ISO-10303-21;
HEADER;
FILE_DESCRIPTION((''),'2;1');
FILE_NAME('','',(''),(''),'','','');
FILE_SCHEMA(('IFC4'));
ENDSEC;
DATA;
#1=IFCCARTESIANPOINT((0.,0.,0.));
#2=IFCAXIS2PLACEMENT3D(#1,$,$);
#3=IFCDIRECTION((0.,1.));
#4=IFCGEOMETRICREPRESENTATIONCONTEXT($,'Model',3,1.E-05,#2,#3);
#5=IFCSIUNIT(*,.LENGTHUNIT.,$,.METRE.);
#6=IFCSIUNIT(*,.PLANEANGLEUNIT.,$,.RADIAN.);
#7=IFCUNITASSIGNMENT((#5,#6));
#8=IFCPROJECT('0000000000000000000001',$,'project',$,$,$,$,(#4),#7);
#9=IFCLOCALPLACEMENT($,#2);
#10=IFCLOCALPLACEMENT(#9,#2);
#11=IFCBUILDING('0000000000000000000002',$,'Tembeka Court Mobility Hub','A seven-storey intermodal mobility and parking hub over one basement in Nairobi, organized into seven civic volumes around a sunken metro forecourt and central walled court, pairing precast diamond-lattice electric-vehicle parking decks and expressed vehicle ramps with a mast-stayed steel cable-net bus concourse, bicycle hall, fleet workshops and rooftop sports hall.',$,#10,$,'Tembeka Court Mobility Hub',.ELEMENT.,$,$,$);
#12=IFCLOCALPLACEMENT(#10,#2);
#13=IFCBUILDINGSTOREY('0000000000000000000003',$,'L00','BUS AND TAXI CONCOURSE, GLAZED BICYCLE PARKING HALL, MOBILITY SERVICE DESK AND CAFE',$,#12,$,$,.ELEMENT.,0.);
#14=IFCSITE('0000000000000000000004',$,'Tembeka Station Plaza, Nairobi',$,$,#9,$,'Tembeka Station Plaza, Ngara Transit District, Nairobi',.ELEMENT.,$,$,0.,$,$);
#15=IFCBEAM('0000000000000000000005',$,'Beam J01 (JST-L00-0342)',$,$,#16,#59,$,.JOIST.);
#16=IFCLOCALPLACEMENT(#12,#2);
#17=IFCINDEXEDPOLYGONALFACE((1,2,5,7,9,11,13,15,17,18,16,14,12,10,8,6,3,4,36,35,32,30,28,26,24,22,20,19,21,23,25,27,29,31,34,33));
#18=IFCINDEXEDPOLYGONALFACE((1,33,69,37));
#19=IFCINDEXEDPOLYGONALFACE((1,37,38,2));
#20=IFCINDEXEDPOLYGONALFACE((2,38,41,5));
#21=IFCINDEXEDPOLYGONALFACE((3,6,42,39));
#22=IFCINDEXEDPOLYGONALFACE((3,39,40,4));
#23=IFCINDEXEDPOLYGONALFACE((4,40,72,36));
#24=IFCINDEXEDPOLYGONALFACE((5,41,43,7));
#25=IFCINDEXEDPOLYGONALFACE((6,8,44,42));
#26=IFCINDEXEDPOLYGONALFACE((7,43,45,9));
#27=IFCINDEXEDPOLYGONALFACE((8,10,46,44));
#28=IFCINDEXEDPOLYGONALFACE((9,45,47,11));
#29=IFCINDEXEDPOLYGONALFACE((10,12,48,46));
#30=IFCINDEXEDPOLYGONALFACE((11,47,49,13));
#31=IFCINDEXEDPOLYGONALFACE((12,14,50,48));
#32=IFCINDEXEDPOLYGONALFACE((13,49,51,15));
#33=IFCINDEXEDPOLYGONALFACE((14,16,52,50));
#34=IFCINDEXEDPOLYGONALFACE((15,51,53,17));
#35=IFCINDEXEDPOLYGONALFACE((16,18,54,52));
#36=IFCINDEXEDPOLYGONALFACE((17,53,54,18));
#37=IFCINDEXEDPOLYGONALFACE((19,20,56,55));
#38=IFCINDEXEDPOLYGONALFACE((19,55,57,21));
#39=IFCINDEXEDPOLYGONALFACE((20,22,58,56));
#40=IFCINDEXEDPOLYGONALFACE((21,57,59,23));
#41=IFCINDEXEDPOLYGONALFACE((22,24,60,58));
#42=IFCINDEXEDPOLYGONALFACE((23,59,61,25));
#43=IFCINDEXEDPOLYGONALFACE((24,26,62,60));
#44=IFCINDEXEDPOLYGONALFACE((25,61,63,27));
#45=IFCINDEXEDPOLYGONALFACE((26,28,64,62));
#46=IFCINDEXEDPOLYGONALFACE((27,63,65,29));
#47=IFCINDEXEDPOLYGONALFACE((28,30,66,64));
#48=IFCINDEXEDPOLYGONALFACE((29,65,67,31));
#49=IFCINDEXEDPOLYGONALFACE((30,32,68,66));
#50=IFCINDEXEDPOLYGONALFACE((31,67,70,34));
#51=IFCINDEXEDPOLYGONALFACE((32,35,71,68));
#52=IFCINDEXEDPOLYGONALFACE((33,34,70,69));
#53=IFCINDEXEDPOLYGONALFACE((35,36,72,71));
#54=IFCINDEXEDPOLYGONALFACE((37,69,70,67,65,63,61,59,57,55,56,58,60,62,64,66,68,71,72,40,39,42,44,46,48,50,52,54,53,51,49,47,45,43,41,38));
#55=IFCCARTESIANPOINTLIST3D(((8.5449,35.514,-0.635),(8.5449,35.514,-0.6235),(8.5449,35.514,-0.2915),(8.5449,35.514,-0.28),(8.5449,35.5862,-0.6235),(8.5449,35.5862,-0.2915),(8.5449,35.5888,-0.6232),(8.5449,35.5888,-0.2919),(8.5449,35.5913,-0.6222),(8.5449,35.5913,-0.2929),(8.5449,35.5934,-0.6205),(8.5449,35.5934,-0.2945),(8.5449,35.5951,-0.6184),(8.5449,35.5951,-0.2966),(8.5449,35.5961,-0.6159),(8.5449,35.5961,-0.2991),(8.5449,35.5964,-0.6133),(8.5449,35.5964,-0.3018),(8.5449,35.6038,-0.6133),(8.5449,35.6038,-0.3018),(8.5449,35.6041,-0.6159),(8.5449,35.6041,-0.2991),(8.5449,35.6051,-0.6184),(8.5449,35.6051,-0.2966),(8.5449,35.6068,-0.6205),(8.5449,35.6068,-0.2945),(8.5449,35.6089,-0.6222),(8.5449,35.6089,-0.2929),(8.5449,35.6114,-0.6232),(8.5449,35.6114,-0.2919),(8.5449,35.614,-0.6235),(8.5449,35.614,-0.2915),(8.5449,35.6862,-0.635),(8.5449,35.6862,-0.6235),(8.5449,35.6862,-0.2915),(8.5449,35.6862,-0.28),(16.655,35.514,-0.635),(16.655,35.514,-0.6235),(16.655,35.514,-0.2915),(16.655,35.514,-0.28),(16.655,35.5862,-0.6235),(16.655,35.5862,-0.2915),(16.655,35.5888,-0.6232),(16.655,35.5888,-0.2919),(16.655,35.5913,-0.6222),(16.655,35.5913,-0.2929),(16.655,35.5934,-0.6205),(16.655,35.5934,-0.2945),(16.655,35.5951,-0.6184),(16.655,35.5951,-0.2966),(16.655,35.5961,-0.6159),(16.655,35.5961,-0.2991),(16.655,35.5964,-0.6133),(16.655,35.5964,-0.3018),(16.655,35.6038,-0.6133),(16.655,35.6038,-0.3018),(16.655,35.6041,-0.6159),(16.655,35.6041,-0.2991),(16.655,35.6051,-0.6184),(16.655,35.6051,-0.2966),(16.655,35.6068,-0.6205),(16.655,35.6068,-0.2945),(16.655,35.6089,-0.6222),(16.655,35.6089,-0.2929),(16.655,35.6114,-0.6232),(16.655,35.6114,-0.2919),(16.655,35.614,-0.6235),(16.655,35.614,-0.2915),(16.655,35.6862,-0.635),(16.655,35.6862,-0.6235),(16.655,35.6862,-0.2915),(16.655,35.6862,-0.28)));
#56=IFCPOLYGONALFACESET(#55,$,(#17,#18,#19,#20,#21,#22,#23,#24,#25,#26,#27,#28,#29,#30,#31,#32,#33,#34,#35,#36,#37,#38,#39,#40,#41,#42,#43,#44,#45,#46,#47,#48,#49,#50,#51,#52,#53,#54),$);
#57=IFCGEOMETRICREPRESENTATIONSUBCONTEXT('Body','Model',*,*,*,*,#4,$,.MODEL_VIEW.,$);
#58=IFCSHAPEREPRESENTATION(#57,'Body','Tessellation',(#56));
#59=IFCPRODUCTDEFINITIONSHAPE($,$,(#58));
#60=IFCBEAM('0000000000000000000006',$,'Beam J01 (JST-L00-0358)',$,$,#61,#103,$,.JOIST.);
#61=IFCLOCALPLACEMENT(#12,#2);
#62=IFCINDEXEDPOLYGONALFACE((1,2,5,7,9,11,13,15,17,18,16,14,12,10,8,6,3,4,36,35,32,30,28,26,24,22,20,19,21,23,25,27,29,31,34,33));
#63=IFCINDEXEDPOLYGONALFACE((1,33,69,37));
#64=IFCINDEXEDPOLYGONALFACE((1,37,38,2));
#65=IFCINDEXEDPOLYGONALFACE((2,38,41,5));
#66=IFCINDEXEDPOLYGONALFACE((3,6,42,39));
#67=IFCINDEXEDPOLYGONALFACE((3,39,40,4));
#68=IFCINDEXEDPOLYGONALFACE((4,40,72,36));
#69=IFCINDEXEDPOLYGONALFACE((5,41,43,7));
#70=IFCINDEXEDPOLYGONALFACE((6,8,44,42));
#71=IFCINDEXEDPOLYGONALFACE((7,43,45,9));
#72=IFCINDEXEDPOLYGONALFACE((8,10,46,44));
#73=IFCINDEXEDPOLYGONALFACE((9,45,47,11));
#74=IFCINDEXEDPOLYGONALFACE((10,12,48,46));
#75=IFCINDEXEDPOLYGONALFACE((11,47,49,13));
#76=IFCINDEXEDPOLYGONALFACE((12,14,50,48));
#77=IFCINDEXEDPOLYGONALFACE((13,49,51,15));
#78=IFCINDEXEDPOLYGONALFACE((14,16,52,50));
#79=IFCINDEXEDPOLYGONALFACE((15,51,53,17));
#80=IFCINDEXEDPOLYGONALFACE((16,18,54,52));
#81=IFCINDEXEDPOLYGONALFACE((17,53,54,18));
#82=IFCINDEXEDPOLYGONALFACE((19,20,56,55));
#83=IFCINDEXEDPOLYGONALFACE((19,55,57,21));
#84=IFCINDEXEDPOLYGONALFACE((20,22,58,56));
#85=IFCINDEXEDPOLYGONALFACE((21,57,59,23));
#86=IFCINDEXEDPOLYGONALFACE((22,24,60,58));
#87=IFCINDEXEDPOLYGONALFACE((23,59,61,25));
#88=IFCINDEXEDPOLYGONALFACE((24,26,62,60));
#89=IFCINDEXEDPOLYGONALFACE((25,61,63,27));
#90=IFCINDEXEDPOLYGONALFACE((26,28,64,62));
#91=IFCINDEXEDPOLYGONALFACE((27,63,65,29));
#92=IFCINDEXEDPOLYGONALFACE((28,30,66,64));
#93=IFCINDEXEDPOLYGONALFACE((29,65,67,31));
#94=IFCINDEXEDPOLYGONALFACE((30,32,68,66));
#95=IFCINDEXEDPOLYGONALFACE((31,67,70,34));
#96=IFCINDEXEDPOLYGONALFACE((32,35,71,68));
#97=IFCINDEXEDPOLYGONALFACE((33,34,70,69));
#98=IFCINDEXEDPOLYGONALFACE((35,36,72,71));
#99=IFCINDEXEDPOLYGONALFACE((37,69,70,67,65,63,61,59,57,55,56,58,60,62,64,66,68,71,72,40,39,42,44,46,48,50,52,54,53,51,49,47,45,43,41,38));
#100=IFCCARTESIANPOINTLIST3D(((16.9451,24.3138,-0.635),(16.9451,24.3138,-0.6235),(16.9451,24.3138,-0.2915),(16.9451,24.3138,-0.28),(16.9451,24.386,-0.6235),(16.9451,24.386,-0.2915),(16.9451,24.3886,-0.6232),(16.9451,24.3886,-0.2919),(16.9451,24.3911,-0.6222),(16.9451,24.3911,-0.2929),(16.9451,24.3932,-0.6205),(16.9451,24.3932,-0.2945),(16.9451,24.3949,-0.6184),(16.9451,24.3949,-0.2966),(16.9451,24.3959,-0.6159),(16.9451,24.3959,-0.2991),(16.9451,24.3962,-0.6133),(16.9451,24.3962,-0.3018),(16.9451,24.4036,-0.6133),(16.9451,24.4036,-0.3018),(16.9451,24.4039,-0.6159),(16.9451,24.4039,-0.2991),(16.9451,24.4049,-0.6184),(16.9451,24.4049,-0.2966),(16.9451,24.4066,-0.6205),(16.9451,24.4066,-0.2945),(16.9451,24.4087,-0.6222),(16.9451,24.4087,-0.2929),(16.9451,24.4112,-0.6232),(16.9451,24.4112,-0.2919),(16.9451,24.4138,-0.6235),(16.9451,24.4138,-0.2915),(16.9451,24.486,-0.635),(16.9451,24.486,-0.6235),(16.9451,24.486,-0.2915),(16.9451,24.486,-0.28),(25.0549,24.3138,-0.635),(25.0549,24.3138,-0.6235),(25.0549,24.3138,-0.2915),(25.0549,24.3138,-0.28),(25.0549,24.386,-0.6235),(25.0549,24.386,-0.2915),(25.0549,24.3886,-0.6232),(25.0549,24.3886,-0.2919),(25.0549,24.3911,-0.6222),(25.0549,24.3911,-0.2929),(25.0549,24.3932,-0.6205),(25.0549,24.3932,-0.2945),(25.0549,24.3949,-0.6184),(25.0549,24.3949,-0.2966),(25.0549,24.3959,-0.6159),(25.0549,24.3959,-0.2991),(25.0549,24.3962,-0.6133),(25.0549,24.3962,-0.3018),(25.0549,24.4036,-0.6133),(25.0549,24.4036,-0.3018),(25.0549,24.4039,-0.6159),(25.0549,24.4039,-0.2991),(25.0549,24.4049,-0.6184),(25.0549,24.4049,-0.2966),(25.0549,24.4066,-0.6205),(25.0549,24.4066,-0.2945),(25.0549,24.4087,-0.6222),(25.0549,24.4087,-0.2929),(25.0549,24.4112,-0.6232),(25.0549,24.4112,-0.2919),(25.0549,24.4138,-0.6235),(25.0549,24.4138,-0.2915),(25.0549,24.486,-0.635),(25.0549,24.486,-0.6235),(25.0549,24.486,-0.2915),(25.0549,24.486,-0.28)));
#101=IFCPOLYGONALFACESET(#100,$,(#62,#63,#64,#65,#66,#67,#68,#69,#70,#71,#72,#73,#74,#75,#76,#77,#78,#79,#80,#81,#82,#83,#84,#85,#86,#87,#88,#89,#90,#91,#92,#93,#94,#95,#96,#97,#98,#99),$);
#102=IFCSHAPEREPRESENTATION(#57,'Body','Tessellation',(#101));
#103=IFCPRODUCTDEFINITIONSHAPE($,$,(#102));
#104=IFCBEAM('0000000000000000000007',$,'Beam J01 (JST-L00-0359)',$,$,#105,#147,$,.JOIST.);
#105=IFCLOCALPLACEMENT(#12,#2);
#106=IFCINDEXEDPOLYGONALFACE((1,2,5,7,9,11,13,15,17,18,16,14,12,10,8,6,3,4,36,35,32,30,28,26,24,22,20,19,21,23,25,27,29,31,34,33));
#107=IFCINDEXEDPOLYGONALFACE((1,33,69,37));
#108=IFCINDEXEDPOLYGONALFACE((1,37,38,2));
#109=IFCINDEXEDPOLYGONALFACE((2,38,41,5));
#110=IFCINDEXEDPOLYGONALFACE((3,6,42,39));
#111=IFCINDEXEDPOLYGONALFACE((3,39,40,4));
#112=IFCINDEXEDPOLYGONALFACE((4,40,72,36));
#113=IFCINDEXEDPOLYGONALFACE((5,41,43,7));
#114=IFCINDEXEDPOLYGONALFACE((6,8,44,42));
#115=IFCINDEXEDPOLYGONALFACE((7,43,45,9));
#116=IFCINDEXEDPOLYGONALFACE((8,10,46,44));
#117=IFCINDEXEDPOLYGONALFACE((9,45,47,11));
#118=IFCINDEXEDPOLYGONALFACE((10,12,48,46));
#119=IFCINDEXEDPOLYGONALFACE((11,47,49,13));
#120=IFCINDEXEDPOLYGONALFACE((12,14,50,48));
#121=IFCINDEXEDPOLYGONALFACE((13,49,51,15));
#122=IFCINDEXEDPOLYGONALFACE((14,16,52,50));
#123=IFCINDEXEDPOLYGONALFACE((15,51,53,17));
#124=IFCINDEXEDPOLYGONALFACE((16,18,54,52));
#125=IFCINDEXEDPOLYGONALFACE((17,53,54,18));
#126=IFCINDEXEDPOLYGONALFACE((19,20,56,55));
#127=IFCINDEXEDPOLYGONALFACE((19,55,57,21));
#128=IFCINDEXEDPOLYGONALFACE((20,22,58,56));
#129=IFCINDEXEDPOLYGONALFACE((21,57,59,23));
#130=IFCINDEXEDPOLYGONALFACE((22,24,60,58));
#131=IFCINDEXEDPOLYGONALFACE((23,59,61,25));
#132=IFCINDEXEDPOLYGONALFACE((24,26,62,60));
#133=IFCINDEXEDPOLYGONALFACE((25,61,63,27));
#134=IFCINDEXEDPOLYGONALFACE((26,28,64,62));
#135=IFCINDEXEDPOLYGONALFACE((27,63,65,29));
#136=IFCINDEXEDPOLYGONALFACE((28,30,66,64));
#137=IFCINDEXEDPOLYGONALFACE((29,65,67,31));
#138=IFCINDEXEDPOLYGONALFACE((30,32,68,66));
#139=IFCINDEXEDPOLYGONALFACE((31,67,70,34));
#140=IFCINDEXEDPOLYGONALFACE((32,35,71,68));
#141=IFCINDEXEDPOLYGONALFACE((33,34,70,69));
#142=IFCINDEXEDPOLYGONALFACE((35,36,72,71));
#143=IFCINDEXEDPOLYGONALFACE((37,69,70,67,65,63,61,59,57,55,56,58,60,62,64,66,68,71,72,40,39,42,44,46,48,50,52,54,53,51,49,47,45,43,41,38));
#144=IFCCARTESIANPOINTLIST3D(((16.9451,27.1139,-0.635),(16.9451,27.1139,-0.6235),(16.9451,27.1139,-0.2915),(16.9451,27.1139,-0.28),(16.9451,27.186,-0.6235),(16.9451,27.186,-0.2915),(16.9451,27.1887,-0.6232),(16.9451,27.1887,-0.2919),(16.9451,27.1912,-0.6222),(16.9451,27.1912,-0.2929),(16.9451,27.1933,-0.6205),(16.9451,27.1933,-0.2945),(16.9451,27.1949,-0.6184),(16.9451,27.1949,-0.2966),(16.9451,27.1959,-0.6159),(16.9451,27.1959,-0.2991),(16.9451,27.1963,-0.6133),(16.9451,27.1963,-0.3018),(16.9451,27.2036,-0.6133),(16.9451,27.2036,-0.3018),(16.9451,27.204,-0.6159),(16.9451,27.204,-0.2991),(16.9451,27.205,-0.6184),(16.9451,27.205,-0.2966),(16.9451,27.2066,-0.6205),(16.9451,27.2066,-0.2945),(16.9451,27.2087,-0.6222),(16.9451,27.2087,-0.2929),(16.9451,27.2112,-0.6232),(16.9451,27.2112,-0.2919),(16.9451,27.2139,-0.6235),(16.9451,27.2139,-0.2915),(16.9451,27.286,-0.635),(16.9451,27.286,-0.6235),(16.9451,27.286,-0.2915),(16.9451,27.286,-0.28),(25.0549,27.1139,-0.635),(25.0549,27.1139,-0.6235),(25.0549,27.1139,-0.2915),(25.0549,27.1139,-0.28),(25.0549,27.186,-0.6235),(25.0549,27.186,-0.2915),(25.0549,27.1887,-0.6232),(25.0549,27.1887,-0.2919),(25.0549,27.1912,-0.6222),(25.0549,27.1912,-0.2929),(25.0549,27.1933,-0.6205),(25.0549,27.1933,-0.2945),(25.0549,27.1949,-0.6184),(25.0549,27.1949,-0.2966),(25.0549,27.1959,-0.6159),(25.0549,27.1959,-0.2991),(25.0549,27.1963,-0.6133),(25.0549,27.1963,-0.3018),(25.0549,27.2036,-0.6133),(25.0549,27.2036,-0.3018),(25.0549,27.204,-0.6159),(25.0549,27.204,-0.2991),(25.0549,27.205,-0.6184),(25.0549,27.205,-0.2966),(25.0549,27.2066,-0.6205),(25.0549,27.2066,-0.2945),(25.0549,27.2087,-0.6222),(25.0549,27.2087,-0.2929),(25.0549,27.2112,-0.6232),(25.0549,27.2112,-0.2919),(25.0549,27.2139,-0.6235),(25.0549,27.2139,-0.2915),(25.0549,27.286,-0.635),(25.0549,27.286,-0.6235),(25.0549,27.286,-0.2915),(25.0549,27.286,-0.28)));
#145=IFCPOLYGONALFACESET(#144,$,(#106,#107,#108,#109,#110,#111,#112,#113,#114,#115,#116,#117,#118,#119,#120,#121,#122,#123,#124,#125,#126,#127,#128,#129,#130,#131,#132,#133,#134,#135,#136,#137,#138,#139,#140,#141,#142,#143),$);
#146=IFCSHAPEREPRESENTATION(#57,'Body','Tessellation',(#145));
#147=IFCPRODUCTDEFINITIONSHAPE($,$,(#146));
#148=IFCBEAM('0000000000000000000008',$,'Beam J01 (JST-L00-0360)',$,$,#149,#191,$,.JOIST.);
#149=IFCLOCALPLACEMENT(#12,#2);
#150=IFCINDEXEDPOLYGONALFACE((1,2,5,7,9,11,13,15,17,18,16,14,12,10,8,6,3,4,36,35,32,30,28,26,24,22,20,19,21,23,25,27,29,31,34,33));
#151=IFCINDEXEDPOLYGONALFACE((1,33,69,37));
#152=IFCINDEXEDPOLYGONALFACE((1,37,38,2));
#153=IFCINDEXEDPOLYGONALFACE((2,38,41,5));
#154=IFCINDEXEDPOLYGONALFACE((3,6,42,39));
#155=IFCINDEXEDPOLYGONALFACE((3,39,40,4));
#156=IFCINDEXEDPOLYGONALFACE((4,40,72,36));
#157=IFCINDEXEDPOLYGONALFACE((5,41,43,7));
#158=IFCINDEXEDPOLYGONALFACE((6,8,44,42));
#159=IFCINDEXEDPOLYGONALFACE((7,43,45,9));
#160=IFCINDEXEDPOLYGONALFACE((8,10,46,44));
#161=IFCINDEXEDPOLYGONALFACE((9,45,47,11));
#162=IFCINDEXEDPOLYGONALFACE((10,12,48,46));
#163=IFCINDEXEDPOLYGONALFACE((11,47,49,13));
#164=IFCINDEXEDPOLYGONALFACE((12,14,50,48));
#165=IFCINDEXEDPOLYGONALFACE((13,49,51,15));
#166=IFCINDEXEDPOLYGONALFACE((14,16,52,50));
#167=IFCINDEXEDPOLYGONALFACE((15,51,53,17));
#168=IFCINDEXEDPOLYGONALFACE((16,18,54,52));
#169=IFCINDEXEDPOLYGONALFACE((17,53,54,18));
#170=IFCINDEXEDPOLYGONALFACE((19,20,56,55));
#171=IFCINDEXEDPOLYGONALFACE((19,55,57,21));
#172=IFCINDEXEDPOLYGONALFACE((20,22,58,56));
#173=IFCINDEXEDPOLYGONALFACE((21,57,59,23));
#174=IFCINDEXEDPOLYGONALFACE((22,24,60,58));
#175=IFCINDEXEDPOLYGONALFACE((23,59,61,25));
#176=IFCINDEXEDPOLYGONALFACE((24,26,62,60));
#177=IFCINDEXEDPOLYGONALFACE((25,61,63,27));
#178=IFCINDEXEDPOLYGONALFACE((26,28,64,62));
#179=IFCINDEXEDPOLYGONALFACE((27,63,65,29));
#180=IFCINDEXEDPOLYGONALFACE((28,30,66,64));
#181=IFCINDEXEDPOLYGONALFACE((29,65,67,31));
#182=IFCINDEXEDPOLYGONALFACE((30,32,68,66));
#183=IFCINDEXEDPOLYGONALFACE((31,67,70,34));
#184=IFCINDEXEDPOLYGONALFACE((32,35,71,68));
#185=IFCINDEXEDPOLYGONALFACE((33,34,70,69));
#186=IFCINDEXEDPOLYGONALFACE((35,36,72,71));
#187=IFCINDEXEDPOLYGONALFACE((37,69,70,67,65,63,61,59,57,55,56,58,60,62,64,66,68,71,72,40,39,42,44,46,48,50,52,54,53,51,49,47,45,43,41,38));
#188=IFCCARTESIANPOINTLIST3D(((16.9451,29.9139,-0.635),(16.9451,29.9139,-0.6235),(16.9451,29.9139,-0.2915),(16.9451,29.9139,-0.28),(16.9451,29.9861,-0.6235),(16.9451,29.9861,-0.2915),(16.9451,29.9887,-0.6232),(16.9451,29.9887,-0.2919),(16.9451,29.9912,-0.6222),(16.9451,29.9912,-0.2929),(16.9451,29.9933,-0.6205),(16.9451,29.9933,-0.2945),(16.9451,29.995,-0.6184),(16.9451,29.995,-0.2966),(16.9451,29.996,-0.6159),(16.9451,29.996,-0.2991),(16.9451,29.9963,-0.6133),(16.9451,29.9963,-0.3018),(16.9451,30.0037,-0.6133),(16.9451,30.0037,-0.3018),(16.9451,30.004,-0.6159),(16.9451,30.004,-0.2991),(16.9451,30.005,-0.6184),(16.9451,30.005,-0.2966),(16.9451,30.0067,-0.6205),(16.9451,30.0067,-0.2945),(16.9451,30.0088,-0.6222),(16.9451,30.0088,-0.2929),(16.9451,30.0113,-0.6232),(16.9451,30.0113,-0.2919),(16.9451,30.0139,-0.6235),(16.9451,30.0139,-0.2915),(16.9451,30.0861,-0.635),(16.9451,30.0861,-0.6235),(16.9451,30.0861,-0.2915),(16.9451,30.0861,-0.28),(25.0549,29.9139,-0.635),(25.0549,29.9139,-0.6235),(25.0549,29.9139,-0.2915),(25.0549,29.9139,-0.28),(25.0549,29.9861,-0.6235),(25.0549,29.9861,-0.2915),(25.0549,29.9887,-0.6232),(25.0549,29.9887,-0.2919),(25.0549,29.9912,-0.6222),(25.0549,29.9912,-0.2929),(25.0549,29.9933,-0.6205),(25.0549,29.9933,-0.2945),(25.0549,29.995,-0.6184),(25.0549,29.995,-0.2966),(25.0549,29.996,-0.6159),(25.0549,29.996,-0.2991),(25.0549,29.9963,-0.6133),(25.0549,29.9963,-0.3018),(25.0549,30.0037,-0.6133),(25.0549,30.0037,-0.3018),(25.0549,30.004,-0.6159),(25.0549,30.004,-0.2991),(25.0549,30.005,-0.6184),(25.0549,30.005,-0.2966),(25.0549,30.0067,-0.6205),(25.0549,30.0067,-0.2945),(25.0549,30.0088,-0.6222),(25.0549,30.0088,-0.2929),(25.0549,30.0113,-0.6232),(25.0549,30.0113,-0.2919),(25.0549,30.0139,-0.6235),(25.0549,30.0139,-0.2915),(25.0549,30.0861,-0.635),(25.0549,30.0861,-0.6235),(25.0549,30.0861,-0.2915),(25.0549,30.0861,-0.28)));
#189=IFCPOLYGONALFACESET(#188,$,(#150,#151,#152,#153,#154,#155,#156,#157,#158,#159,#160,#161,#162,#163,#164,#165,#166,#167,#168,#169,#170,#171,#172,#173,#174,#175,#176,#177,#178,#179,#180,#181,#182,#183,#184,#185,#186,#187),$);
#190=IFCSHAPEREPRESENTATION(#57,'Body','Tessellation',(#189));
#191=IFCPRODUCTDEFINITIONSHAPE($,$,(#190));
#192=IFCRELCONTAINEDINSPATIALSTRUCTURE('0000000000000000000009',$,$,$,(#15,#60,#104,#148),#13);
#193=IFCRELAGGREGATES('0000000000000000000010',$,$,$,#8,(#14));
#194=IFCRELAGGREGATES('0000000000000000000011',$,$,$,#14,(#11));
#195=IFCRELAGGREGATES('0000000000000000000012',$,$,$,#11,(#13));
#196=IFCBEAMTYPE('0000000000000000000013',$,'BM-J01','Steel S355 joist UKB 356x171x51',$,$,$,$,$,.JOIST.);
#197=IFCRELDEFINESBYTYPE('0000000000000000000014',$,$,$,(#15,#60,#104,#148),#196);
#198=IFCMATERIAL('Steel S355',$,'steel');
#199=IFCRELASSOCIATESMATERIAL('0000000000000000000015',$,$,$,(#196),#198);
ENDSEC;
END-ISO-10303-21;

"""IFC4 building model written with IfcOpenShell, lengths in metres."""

from ifc_helpers import new_model, si_unit, direction, frame, origin, origin_2d, place, context, subcontext, project, spatial, i_section, extrude, material, material_profile, profile_set, type_object, element, save


model = new_model("IFC4")

# Units and contexts
model_context = context("Model", 3, precision=1e-05, world=origin(), true_north=direction((0.0, 1.0)))
body_context = subcontext(model_context, "Body", "Model", "MODEL_VIEW")
ifc_project = project(units=[si_unit("LENGTHUNIT", "METRE"), si_unit("PLANEANGLEUNIT", "RADIAN")], contexts=[model_context])

# Site, building, storey
site_placement = place(None, origin())
site = spatial("IfcSite", under=ifc_project, at=site_placement, Name="Tembeka Station Plaza, Nairobi", LongName="Tembeka Station Plaza, Ngara Transit District, Nairobi", CompositionType="ELEMENT", RefElevation=0.0)
building_placement = place(site_placement, origin())
building = spatial("IfcBuilding", under=site, at=building_placement, Name="Tembeka Court Mobility Hub", Description="A seven-storey intermodal mobility and parking hub over one basement in Nairobi, organized into seven civic volumes around a sunken metro forecourt and central walled court, pairing precast diamond-lattice electric-vehicle parking decks and expressed vehicle ramps with a mast-stayed steel cable-net bus concourse, bicycle hall, fleet workshops and rooftop sports hall.", LongName="Tembeka Court Mobility Hub", CompositionType="ELEMENT")
storey_placement = place(building_placement, origin())
storey = spatial("IfcBuildingStorey", under=building, at=storey_placement, Name="L00", Description="BUS AND TAXI CONCOURSE, GLAZED BICYCLE PARKING HALL, MOBILITY SERVICE DESK AND CAFE", CompositionType="ELEMENT", Elevation=0.0)

# Shared definitions
ifc_material_1 = material(Name="Steel S355", Category="steel")

# Beams
ifc_material_profile_1 = material_profile(ifc_material_1, i_section(OverallWidth=0.1721, OverallDepth=0.355, WebThickness=0.0073, FlangeThickness=0.0115, FilletRadius=0.0103, at=origin_2d()), Name="UKB 356x171x51")
ifc_profile_set_1 = profile_set([ifc_material_profile_1], Name="Steel S355")
beam_type_1 = type_object("IfcBeamType", Name="BM-J01", Description="Steel S355 joist UKB 356x171x51", PredefinedType="JOIST", material=ifc_profile_set_1)
for number, where, z_axis, x_axis, name in (
    (1, (8.5449, 35.6001, -0.4575), (1.0, 0.0, 0.0), (0.0, 1.0, 0.0), "Beam J01 (JST-L00-0342)"),
):
    element("IfcBeam", number, at=place(storey_placement, frame(where, z_axis=z_axis, x_axis=x_axis)), inside=storey, type_object=beam_type_1, Name=name, PredefinedType="JOIST", context=body_context, shape_type="SweptSolid", body=[
        extrude(i_section(OverallWidth=0.1721, OverallDepth=0.355, WebThickness=0.0073, FlangeThickness=0.0115, FilletRadius=0.0103, at=origin_2d()), origin(), (0.0, 0.0, 1.0), 8.1101),
    ])
for number, where, z_axis, x_axis, name in (
    (2, (16.9451, 24.3999, -0.4575), (1.0, 0.0, 0.0), (0.0, 1.0, 0.0), "Beam J01 (JST-L00-0358)"),
    (3, (16.9451, 27.2, -0.4575), (1.0, 0.0, 0.0), (0.0, 1.0, 0.0), "Beam J01 (JST-L00-0359)"),
    (4, (16.9451, 30.0, -0.4575), (1.0, 0.0, 0.0), (0.0, 1.0, 0.0), "Beam J01 (JST-L00-0360)"),
):
    element("IfcBeam", number, at=place(storey_placement, frame(where, z_axis=z_axis, x_axis=x_axis)), inside=storey, type_object=beam_type_1, Name=name, PredefinedType="JOIST", context=body_context, shape_type="SweptSolid", body=[
        extrude(i_section(OverallWidth=0.1721, OverallDepth=0.355, WebThickness=0.0073, FlangeThickness=0.0115, FilletRadius=0.0103, at=origin_2d()), origin(), (0.0, 0.0, 1.0), 8.1099),
    ])

save(model, "model.ifc")
